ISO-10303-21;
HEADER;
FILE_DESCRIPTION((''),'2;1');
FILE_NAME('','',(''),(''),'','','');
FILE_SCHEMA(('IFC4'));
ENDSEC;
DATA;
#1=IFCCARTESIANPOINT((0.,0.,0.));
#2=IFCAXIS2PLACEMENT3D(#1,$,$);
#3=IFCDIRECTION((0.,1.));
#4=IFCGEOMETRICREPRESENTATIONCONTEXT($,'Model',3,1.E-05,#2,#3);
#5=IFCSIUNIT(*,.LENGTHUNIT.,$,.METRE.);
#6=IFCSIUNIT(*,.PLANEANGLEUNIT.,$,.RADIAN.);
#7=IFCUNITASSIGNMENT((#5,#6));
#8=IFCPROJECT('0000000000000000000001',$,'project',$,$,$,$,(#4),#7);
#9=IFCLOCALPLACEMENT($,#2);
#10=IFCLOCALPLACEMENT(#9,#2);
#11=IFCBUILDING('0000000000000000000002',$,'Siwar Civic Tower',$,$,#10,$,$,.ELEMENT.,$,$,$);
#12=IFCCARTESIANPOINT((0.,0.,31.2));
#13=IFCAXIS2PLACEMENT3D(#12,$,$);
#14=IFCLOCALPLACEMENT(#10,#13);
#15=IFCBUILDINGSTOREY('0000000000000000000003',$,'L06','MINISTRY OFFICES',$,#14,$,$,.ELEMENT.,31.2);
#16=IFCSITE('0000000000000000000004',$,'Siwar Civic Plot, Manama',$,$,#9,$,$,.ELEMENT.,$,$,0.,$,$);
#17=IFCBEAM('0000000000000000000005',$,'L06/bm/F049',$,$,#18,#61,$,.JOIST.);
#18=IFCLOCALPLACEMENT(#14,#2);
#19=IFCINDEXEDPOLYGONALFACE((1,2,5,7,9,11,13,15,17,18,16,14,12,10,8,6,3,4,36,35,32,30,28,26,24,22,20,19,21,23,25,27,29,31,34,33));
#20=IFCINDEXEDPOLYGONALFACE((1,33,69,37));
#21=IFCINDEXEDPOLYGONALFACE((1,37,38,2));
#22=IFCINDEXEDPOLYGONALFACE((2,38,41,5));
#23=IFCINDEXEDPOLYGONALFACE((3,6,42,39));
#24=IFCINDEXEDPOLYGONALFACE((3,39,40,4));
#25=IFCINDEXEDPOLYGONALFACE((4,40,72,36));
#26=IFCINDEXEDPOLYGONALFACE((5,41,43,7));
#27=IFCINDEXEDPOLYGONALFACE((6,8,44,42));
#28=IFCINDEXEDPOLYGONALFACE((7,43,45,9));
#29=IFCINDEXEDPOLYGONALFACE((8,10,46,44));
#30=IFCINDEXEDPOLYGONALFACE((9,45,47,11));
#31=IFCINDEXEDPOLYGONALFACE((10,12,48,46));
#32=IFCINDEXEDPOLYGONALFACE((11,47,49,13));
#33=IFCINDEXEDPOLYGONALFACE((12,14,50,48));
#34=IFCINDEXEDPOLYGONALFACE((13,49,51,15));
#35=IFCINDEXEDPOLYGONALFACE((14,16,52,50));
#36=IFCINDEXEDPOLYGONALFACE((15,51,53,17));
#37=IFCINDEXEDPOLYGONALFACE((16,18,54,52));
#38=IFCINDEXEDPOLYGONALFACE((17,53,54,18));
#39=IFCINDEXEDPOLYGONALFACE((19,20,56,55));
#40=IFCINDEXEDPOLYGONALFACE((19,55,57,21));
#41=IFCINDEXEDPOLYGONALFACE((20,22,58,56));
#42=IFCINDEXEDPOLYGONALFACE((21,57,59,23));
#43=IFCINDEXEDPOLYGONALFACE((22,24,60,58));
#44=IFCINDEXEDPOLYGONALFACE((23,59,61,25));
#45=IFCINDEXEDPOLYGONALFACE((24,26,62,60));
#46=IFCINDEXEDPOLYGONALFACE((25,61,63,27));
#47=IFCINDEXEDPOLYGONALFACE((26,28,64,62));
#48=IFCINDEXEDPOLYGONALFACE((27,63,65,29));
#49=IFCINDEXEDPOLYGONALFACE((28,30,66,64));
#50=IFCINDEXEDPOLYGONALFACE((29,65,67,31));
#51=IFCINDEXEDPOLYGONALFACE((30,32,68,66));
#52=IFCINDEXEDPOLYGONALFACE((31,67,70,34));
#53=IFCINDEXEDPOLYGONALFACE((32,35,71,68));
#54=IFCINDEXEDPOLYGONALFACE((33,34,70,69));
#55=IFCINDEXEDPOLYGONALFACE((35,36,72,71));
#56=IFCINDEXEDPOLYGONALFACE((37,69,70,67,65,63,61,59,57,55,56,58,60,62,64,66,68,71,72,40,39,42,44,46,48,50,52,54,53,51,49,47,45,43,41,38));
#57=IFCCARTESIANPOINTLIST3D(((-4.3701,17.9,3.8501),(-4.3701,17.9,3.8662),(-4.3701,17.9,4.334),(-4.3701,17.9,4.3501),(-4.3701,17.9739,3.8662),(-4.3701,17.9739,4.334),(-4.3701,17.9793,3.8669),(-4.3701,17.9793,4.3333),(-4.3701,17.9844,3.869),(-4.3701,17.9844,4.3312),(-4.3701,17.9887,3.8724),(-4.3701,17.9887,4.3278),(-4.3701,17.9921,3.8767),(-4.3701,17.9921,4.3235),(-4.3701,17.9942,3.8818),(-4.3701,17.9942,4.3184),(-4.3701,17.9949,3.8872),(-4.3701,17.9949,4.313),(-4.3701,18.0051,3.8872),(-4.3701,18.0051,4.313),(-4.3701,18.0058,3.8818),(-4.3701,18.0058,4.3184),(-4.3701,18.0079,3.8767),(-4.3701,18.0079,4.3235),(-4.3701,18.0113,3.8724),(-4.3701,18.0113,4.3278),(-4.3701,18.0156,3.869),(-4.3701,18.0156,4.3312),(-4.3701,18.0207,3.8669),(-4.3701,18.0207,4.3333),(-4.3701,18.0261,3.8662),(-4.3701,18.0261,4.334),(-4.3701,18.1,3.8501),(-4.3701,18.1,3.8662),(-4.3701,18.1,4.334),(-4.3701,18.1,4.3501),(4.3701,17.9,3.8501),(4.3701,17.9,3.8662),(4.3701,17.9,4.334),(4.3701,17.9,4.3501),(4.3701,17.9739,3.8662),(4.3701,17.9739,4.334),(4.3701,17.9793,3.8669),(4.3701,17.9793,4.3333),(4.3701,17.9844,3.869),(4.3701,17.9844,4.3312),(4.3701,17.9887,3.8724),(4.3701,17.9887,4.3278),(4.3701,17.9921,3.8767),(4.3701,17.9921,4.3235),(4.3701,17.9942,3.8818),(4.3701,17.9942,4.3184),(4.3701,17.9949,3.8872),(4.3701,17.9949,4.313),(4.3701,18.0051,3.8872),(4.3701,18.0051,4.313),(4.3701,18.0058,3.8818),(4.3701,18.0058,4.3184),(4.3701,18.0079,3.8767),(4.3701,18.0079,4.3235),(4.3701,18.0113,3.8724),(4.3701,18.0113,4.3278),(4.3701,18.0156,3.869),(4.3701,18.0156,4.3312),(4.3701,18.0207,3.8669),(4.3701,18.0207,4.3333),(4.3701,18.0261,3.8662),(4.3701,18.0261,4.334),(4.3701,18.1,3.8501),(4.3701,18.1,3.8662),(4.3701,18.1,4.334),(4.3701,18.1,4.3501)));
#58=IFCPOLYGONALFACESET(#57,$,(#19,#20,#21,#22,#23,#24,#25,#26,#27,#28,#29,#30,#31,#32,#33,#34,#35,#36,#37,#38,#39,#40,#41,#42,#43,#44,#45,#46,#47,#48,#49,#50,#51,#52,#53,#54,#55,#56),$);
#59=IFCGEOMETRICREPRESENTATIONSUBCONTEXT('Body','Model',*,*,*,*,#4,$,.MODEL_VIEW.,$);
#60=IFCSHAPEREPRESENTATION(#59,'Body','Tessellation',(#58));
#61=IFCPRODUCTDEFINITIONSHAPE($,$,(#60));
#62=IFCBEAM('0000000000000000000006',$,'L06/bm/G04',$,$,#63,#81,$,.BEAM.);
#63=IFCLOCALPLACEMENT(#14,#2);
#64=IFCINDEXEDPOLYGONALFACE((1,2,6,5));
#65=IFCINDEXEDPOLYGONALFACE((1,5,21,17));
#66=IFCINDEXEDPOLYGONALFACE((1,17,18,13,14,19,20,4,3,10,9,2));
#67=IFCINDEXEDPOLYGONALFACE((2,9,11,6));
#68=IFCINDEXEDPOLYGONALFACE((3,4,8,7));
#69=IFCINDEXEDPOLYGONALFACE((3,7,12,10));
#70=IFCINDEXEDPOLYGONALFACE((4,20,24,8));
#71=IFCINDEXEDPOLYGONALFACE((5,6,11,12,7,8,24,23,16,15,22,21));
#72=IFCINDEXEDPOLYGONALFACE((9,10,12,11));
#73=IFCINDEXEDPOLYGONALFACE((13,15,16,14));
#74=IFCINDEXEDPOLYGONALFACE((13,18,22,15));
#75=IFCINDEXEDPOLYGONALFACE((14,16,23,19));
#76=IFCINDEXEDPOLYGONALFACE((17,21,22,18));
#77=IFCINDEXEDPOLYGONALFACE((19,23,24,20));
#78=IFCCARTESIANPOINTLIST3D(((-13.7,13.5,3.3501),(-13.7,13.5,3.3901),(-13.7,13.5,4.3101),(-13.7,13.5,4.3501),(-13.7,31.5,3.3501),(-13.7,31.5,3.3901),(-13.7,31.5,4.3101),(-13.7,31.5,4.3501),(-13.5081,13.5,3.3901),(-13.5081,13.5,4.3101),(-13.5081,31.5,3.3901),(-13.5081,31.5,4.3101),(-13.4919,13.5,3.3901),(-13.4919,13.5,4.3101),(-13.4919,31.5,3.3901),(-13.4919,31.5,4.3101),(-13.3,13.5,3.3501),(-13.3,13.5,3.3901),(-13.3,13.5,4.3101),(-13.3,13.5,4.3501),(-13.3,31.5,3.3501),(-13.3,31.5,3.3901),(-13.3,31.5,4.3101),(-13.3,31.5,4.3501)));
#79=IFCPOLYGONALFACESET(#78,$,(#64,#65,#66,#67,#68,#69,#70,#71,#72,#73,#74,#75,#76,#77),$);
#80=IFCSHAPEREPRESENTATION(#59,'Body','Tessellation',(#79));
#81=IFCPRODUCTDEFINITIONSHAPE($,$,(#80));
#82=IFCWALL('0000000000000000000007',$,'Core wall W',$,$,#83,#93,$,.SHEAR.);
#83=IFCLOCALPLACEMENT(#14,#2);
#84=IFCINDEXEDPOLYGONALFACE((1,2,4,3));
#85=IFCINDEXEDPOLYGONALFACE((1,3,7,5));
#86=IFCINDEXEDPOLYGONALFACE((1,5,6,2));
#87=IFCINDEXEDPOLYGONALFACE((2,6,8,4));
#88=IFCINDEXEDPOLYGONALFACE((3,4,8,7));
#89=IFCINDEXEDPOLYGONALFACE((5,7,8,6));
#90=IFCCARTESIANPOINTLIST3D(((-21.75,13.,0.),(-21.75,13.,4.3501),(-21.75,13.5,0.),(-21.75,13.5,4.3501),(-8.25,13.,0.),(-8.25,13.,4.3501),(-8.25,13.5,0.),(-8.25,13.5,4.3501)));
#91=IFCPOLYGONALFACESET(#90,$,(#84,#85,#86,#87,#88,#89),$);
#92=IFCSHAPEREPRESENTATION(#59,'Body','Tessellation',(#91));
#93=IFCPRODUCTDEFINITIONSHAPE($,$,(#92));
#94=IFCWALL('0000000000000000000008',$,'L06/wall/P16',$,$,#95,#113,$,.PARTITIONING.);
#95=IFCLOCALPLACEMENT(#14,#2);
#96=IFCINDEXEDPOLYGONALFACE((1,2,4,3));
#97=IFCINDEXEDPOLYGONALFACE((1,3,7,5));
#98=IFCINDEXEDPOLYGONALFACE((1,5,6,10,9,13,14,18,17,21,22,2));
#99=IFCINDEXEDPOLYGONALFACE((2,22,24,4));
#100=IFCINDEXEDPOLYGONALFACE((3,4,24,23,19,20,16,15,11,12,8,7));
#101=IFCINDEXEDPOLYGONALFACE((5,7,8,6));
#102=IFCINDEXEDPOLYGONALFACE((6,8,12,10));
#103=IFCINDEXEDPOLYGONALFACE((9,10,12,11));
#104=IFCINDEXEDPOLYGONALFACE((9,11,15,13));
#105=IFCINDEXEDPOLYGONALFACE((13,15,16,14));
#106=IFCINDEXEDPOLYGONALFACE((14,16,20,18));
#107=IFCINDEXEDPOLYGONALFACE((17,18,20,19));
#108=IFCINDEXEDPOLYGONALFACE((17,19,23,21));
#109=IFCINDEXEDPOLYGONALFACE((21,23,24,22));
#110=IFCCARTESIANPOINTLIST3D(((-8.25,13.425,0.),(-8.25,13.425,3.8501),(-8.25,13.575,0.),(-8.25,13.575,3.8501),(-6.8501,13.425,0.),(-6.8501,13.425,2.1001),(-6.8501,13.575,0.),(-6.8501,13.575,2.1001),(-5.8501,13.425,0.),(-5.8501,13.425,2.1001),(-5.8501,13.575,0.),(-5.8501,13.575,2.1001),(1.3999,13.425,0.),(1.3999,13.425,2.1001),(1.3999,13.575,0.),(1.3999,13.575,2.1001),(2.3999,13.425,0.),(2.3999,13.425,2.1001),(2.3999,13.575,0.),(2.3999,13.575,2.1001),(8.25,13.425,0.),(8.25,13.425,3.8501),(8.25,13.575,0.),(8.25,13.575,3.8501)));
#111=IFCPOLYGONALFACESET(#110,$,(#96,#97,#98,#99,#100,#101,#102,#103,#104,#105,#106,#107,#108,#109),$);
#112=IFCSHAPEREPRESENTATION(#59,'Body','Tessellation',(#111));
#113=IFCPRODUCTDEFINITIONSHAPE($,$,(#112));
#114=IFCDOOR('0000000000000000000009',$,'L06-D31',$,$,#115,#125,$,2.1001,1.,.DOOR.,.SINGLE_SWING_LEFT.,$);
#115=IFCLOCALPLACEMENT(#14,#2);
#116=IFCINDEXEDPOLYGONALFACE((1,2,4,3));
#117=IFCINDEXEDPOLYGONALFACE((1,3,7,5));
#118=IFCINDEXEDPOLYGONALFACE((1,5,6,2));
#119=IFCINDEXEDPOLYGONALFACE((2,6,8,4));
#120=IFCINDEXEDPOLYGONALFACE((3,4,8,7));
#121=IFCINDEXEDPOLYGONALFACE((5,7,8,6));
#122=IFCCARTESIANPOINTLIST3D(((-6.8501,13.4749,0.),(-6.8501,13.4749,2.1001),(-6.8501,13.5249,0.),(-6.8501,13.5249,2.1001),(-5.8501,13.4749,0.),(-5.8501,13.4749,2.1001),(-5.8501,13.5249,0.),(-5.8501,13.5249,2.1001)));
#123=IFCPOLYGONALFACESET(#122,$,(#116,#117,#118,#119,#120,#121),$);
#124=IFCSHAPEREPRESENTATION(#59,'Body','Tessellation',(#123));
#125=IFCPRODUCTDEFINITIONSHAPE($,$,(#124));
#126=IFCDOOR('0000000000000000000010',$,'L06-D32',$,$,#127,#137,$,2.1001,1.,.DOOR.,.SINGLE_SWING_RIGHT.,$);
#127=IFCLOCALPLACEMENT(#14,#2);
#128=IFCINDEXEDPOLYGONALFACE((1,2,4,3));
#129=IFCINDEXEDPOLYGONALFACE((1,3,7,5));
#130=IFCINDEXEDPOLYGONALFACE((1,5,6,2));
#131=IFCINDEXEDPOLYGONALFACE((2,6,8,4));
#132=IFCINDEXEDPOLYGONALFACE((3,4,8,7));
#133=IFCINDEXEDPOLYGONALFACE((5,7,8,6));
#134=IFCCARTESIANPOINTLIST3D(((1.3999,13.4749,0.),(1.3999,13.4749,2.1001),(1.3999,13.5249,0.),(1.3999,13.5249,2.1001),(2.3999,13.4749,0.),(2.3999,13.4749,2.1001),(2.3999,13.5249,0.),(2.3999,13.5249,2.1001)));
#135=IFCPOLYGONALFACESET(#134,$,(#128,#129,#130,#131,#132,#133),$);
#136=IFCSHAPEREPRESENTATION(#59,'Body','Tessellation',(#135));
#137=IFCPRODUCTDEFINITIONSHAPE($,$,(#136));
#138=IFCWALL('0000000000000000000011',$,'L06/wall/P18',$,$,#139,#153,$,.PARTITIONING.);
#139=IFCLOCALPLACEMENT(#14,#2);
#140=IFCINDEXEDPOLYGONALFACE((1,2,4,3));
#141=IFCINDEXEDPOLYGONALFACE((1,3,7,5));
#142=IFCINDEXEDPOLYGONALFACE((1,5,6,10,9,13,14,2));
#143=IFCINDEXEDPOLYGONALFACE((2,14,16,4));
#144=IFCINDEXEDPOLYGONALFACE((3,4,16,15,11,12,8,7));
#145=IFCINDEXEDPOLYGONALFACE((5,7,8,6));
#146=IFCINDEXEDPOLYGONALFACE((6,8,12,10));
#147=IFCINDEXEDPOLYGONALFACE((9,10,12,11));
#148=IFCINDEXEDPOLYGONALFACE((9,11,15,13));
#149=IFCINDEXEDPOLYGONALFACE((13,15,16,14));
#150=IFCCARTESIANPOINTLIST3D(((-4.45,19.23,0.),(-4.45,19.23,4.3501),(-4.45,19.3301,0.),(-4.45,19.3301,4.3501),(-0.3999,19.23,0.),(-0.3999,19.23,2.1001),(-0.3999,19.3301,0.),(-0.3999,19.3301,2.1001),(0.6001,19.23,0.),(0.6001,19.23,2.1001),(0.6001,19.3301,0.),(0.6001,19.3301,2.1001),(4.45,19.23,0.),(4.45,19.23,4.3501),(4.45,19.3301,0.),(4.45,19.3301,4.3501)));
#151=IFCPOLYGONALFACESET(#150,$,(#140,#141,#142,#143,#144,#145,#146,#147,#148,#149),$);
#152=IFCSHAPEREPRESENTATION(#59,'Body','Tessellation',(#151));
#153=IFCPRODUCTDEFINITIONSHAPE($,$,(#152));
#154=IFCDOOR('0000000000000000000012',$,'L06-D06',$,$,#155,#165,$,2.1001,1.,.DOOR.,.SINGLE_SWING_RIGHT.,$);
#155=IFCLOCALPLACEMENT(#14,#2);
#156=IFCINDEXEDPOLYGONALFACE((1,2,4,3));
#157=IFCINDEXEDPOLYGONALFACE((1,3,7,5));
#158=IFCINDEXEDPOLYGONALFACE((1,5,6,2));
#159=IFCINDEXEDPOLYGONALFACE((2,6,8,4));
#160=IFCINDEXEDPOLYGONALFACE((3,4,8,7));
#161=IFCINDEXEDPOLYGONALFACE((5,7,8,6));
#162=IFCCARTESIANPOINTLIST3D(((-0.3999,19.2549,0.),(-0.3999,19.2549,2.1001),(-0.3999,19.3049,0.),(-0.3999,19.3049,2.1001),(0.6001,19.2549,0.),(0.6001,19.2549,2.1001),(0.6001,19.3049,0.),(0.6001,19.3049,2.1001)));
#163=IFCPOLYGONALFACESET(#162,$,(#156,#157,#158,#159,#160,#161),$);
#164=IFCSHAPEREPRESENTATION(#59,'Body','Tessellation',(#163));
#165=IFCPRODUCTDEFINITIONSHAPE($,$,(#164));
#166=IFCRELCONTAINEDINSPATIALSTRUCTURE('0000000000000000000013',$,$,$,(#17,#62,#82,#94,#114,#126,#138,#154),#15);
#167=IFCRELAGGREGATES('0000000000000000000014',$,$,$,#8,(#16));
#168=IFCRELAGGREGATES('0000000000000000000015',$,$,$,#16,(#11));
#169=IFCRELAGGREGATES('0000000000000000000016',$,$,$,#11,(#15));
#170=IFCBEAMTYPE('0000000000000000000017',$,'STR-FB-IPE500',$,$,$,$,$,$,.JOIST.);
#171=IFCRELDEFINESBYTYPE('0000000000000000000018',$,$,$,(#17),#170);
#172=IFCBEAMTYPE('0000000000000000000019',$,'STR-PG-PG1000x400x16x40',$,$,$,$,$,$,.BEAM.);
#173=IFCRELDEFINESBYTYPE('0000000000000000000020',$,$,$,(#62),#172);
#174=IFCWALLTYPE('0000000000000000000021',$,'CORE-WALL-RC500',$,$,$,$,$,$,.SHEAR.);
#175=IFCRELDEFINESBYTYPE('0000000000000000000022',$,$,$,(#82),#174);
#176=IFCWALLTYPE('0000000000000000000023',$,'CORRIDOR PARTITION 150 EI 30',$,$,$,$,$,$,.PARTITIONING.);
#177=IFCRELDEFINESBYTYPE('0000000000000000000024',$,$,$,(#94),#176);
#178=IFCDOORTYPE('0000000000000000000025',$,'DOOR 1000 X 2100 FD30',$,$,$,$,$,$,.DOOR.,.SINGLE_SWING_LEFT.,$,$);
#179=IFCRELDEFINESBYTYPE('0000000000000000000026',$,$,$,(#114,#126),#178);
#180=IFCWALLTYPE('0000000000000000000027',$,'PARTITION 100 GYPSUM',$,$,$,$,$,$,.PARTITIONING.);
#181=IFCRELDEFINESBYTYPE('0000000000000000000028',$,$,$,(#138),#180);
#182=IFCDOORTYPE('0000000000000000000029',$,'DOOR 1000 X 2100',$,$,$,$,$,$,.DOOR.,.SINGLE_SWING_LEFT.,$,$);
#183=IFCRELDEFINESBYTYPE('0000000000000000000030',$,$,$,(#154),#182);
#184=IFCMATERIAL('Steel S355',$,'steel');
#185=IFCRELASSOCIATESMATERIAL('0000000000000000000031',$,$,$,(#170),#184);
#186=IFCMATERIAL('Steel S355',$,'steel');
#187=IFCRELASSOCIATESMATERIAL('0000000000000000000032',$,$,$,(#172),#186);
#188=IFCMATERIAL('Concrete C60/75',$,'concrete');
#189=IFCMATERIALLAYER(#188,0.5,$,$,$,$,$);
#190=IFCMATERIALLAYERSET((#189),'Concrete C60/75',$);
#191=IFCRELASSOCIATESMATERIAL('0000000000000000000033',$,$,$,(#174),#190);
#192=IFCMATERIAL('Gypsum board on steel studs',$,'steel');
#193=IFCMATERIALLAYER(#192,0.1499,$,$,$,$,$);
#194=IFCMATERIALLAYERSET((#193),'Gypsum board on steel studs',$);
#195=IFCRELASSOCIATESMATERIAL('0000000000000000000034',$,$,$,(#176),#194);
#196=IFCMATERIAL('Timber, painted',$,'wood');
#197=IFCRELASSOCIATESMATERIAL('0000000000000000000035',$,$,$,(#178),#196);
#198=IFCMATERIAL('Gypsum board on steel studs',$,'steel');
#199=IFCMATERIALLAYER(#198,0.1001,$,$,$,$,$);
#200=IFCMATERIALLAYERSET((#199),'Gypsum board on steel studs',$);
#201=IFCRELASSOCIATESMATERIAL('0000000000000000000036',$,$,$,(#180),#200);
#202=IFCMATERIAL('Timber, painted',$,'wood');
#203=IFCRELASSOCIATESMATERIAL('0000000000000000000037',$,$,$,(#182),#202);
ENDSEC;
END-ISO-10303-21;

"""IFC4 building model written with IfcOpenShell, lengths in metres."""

from ifc_helpers import new_model, si_unit, direction, frame, frame_2d, origin, origin_2d, place, context, subcontext, project, spatial, rectangle, i_section, extrude, material, layer, layer_set, material_profile, profile_set, type_object, element, fill, save


model = new_model("IFC4")

# Units and contexts
model_context = context("Model", 3, precision=1e-05, world=origin(), true_north=direction((0.0, 1.0)))
body_context = subcontext(model_context, "Body", "Model", "MODEL_VIEW")
ifc_project = project(units=[si_unit("LENGTHUNIT", "METRE"), si_unit("PLANEANGLEUNIT", "RADIAN")], contexts=[model_context])

# Site, building, storey
site_placement = place(None, origin())
site = spatial("IfcSite", under=ifc_project, at=site_placement, Name="Siwar Civic Plot, Manama", CompositionType="ELEMENT", RefElevation=0.0)
building_placement = place(site_placement, origin())
building = spatial("IfcBuilding", under=site, at=building_placement, Name="Siwar Civic Tower", CompositionType="ELEMENT")
storey_placement = place(building_placement, frame((0.0, 0.0, 31.2)))
storey = spatial("IfcBuildingStorey", under=building, at=storey_placement, Name="L06", Description="MINISTRY OFFICES", CompositionType="ELEMENT", Elevation=31.2)

# Beams
ifc_material_1 = material(Name="Steel S355", Category="steel")
ifc_material_profile_1 = material_profile(ifc_material_1, i_section(OverallWidth=0.2, OverallDepth=0.5, WebThickness=0.0103, FlangeThickness=0.0161, FilletRadius=0.021, at=origin_2d()), Name="IPE500")
ifc_profile_set_1 = profile_set([ifc_material_profile_1], Name="Steel S355")
beam_type_1 = type_object("IfcBeamType", Name="STR-FB-IPE500", PredefinedType="JOIST", material=ifc_profile_set_1)
for number, where, z_axis, x_axis, name in (
    (1, (-4.3701, 18.0, 4.1001), (1.0, 0.0, 0.0), (0.0, 1.0, 0.0), "L06/bm/F049"),
):
    element("IfcBeam", number, at=place(storey_placement, frame(where, z_axis=z_axis, x_axis=x_axis)), inside=storey, type_object=beam_type_1, Name=name, PredefinedType="JOIST", context=body_context, shape_type="SweptSolid", body=[
        extrude(i_section(OverallWidth=0.2, OverallDepth=0.5, WebThickness=0.0103, FlangeThickness=0.0161, FilletRadius=0.021, at=origin_2d()), origin(), (0.0, 0.0, 1.0), 8.7402),
    ])
ifc_material_2 = material(Name="Steel S355", Category="steel")
ifc_material_profile_2 = material_profile(ifc_material_2, i_section(OverallWidth=0.3999, OverallDepth=1.0, WebThickness=0.0161, FlangeThickness=0.04, at=origin_2d()), Name="PG1000x400x16x40")
ifc_profile_set_2 = profile_set([ifc_material_profile_2], Name="Steel S355")
beam_type_2 = type_object("IfcBeamType", Name="STR-PG-PG1000x400x16x40", PredefinedType="BEAM", material=ifc_profile_set_2)
beam_1_placement = place(storey_placement, frame((-13.5, 13.5, 3.8501), z_axis=(0.0, 1.0, 0.0), x_axis=(-1.0, 0.0, 0.0)))
element("IfcBeam", 2, at=beam_1_placement, inside=storey, type_object=beam_type_2, Name="L06/bm/G04", PredefinedType="BEAM", context=body_context, shape_type="SweptSolid", body=[
    extrude(i_section(OverallWidth=0.3999, OverallDepth=1.0, WebThickness=0.0161, FlangeThickness=0.04, at=origin_2d()), origin(), (0.0, 0.0, 1.0), 18.0),
])

# Wall
ifc_material_3 = material(Name="Concrete C60/75", Category="concrete")
ifc_layer_1 = layer(ifc_material_3, 0.5)
ifc_layer_set_1 = layer_set([ifc_layer_1], Name="Concrete C60/75")
wall_type_1 = type_object("IfcWallType", Name="CORE-WALL-RC500", PredefinedType="SHEAR", material=ifc_layer_set_1)
wall_1_placement = place(storey_placement, frame((-8.25, 13.25, 0.0), z_axis=(0.0, 0.0, 1.0), x_axis=(-1.0, 0.0, 0.0)))
element("IfcWall", 3, at=wall_1_placement, inside=storey, type_object=wall_type_1, Name="Core wall W", PredefinedType="SHEAR", context=body_context, shape_type="SweptSolid", body=[
    extrude(rectangle(XDim=13.5, YDim=0.5, at=frame_2d((6.75, 0.0))), origin(), (0.0, 0.0, 1.0), 4.3501),
])

# Wall, openings, doors
ifc_material_4 = material(Name="Gypsum board on steel studs", Category="steel")
ifc_layer_2 = layer(ifc_material_4, 0.1499)
ifc_layer_set_2 = layer_set([ifc_layer_2], Name="Gypsum board on steel studs")
wall_type_2 = type_object("IfcWallType", Name="CORRIDOR PARTITION 150 EI 30", PredefinedType="PARTITIONING", material=ifc_layer_set_2)
wall_2_placement = place(storey_placement, frame((-8.25, 13.5, 0.0), z_axis=(0.0, 0.0, 1.0), x_axis=(1.0, 0.0, 0.0)))
wall_2 = element("IfcWall", 4, at=wall_2_placement, inside=storey, type_object=wall_type_2, Name="L06/wall/P16", PredefinedType="PARTITIONING", context=body_context, shape_type="SweptSolid", body=[
    extrude(rectangle(XDim=16.5, YDim=0.1499, at=frame_2d((8.25, 0.0))), origin(), (0.0, 0.0, 1.0), 3.8501),
])
opening_1_placement = place(wall_2_placement, frame((1.3999, 0.0, 0.0)))
opening_1 = element("IfcOpeningElement", 5, at=opening_1_placement, cuts=wall_2, PredefinedType="OPENING", context=body_context, shape_type="SweptSolid", body=[
    extrude(rectangle(XDim=1.0, YDim=2.1001, at=frame_2d((0.5, 1.05))), frame((0.0, 0.085, 0.0), z_axis=(0.0, -1.0, 0.0), x_axis=(1.0, 0.0, 0.0)), (0.0, 0.0, 1.0), 0.1699),
])
opening_2_placement = place(wall_2_placement, frame((9.6499, 0.0, 0.0)))
opening_2 = element("IfcOpeningElement", 6, at=opening_2_placement, cuts=wall_2, PredefinedType="OPENING", context=body_context, shape_type="SweptSolid", body=[
    extrude(rectangle(XDim=1.0, YDim=2.1001, at=frame_2d((0.5, 1.05))), frame((0.0, 0.085, 0.0), z_axis=(0.0, -1.0, 0.0), x_axis=(1.0, 0.0, 0.0)), (0.0, 0.0, 1.0), 0.1699),
])
ifc_material_5 = material(Name="Timber, painted", Category="wood")
door_type_1 = type_object("IfcDoorType", Name="DOOR 1000 X 2100 FD30", OperationType="SINGLE_SWING_LEFT", PredefinedType="DOOR", material=ifc_material_5)
door_1_placement = place(opening_1_placement, origin())
door_1 = element("IfcDoor", 7, at=door_1_placement, inside=storey, type_object=door_type_1, Name="L06-D31", OperationType="SINGLE_SWING_LEFT", OverallHeight=2.1001, OverallWidth=1.0, PredefinedType="DOOR", context=body_context, shape_type="SweptSolid", body=[
    extrude(rectangle(XDim=1.0, YDim=2.1001, at=frame_2d((0.5, 1.05))), frame((0.0, 0.0249, 0.0), z_axis=(0.0, -1.0, 0.0), x_axis=(1.0, 0.0, 0.0)), (0.0, 0.0, 1.0), 0.05),
])
fill(opening_1, door_1)
door_2_placement = place(opening_2_placement, origin())
door_2 = element("IfcDoor", 8, at=door_2_placement, inside=storey, type_object=door_type_1, Name="L06-D32", OperationType="SINGLE_SWING_RIGHT", OverallHeight=2.1001, OverallWidth=1.0, PredefinedType="DOOR", context=body_context, shape_type="SweptSolid", body=[
    extrude(rectangle(XDim=1.0, YDim=2.1001, at=frame_2d((0.5, 1.05))), frame((0.0, 0.0249, 0.0), z_axis=(0.0, -1.0, 0.0), x_axis=(1.0, 0.0, 0.0)), (0.0, 0.0, 1.0), 0.05),
])
fill(opening_2, door_2)

# Wall, opening, door
ifc_material_6 = material(Name="Gypsum board on steel studs", Category="steel")
ifc_layer_3 = layer(ifc_material_6, 0.1001)
ifc_layer_set_3 = layer_set([ifc_layer_3], Name="Gypsum board on steel studs")
wall_type_3 = type_object("IfcWallType", Name="PARTITION 100 GYPSUM", PredefinedType="PARTITIONING", material=ifc_layer_set_3)
wall_3_placement = place(storey_placement, frame((-4.45, 19.28, 0.0), z_axis=(0.0, 0.0, 1.0), x_axis=(1.0, 0.0, 0.0)))
wall_3 = element("IfcWall", 9, at=wall_3_placement, inside=storey, type_object=wall_type_3, Name="L06/wall/P18", PredefinedType="PARTITIONING", context=body_context, shape_type="SweptSolid", body=[
    extrude(rectangle(XDim=8.8999, YDim=0.1001, at=frame_2d((4.45, 0.0))), origin(), (0.0, 0.0, 1.0), 4.3501),
])
opening_3_placement = place(wall_3_placement, frame((4.05, 0.0, 0.0)))
opening_3 = element("IfcOpeningElement", 10, at=opening_3_placement, cuts=wall_3, PredefinedType="OPENING", context=body_context, shape_type="SweptSolid", body=[
    extrude(rectangle(XDim=1.0, YDim=2.1001, at=frame_2d((0.5, 1.05))), frame((0.0, 0.0601, 0.0), z_axis=(0.0, -1.0, 0.0), x_axis=(1.0, 0.0, 0.0)), (0.0, 0.0, 1.0), 0.1201),
])
ifc_material_7 = material(Name="Timber, painted", Category="wood")
door_type_2 = type_object("IfcDoorType", Name="DOOR 1000 X 2100", OperationType="SINGLE_SWING_LEFT", PredefinedType="DOOR", material=ifc_material_7)
door_3_placement = place(opening_3_placement, origin())
door_3 = element("IfcDoor", 11, at=door_3_placement, inside=storey, type_object=door_type_2, Name="L06-D06", OperationType="SINGLE_SWING_RIGHT", OverallHeight=2.1001, OverallWidth=1.0, PredefinedType="DOOR", context=body_context, shape_type="SweptSolid", body=[
    extrude(rectangle(XDim=1.0, YDim=2.1001, at=frame_2d((0.5, 1.05))), frame((0.0, 0.0249, 0.0), z_axis=(0.0, -1.0, 0.0), x_axis=(1.0, 0.0, 0.0)), (0.0, 0.0, 1.0), 0.05),
])
fill(opening_3, door_3)

save(model, "model.ifc")
